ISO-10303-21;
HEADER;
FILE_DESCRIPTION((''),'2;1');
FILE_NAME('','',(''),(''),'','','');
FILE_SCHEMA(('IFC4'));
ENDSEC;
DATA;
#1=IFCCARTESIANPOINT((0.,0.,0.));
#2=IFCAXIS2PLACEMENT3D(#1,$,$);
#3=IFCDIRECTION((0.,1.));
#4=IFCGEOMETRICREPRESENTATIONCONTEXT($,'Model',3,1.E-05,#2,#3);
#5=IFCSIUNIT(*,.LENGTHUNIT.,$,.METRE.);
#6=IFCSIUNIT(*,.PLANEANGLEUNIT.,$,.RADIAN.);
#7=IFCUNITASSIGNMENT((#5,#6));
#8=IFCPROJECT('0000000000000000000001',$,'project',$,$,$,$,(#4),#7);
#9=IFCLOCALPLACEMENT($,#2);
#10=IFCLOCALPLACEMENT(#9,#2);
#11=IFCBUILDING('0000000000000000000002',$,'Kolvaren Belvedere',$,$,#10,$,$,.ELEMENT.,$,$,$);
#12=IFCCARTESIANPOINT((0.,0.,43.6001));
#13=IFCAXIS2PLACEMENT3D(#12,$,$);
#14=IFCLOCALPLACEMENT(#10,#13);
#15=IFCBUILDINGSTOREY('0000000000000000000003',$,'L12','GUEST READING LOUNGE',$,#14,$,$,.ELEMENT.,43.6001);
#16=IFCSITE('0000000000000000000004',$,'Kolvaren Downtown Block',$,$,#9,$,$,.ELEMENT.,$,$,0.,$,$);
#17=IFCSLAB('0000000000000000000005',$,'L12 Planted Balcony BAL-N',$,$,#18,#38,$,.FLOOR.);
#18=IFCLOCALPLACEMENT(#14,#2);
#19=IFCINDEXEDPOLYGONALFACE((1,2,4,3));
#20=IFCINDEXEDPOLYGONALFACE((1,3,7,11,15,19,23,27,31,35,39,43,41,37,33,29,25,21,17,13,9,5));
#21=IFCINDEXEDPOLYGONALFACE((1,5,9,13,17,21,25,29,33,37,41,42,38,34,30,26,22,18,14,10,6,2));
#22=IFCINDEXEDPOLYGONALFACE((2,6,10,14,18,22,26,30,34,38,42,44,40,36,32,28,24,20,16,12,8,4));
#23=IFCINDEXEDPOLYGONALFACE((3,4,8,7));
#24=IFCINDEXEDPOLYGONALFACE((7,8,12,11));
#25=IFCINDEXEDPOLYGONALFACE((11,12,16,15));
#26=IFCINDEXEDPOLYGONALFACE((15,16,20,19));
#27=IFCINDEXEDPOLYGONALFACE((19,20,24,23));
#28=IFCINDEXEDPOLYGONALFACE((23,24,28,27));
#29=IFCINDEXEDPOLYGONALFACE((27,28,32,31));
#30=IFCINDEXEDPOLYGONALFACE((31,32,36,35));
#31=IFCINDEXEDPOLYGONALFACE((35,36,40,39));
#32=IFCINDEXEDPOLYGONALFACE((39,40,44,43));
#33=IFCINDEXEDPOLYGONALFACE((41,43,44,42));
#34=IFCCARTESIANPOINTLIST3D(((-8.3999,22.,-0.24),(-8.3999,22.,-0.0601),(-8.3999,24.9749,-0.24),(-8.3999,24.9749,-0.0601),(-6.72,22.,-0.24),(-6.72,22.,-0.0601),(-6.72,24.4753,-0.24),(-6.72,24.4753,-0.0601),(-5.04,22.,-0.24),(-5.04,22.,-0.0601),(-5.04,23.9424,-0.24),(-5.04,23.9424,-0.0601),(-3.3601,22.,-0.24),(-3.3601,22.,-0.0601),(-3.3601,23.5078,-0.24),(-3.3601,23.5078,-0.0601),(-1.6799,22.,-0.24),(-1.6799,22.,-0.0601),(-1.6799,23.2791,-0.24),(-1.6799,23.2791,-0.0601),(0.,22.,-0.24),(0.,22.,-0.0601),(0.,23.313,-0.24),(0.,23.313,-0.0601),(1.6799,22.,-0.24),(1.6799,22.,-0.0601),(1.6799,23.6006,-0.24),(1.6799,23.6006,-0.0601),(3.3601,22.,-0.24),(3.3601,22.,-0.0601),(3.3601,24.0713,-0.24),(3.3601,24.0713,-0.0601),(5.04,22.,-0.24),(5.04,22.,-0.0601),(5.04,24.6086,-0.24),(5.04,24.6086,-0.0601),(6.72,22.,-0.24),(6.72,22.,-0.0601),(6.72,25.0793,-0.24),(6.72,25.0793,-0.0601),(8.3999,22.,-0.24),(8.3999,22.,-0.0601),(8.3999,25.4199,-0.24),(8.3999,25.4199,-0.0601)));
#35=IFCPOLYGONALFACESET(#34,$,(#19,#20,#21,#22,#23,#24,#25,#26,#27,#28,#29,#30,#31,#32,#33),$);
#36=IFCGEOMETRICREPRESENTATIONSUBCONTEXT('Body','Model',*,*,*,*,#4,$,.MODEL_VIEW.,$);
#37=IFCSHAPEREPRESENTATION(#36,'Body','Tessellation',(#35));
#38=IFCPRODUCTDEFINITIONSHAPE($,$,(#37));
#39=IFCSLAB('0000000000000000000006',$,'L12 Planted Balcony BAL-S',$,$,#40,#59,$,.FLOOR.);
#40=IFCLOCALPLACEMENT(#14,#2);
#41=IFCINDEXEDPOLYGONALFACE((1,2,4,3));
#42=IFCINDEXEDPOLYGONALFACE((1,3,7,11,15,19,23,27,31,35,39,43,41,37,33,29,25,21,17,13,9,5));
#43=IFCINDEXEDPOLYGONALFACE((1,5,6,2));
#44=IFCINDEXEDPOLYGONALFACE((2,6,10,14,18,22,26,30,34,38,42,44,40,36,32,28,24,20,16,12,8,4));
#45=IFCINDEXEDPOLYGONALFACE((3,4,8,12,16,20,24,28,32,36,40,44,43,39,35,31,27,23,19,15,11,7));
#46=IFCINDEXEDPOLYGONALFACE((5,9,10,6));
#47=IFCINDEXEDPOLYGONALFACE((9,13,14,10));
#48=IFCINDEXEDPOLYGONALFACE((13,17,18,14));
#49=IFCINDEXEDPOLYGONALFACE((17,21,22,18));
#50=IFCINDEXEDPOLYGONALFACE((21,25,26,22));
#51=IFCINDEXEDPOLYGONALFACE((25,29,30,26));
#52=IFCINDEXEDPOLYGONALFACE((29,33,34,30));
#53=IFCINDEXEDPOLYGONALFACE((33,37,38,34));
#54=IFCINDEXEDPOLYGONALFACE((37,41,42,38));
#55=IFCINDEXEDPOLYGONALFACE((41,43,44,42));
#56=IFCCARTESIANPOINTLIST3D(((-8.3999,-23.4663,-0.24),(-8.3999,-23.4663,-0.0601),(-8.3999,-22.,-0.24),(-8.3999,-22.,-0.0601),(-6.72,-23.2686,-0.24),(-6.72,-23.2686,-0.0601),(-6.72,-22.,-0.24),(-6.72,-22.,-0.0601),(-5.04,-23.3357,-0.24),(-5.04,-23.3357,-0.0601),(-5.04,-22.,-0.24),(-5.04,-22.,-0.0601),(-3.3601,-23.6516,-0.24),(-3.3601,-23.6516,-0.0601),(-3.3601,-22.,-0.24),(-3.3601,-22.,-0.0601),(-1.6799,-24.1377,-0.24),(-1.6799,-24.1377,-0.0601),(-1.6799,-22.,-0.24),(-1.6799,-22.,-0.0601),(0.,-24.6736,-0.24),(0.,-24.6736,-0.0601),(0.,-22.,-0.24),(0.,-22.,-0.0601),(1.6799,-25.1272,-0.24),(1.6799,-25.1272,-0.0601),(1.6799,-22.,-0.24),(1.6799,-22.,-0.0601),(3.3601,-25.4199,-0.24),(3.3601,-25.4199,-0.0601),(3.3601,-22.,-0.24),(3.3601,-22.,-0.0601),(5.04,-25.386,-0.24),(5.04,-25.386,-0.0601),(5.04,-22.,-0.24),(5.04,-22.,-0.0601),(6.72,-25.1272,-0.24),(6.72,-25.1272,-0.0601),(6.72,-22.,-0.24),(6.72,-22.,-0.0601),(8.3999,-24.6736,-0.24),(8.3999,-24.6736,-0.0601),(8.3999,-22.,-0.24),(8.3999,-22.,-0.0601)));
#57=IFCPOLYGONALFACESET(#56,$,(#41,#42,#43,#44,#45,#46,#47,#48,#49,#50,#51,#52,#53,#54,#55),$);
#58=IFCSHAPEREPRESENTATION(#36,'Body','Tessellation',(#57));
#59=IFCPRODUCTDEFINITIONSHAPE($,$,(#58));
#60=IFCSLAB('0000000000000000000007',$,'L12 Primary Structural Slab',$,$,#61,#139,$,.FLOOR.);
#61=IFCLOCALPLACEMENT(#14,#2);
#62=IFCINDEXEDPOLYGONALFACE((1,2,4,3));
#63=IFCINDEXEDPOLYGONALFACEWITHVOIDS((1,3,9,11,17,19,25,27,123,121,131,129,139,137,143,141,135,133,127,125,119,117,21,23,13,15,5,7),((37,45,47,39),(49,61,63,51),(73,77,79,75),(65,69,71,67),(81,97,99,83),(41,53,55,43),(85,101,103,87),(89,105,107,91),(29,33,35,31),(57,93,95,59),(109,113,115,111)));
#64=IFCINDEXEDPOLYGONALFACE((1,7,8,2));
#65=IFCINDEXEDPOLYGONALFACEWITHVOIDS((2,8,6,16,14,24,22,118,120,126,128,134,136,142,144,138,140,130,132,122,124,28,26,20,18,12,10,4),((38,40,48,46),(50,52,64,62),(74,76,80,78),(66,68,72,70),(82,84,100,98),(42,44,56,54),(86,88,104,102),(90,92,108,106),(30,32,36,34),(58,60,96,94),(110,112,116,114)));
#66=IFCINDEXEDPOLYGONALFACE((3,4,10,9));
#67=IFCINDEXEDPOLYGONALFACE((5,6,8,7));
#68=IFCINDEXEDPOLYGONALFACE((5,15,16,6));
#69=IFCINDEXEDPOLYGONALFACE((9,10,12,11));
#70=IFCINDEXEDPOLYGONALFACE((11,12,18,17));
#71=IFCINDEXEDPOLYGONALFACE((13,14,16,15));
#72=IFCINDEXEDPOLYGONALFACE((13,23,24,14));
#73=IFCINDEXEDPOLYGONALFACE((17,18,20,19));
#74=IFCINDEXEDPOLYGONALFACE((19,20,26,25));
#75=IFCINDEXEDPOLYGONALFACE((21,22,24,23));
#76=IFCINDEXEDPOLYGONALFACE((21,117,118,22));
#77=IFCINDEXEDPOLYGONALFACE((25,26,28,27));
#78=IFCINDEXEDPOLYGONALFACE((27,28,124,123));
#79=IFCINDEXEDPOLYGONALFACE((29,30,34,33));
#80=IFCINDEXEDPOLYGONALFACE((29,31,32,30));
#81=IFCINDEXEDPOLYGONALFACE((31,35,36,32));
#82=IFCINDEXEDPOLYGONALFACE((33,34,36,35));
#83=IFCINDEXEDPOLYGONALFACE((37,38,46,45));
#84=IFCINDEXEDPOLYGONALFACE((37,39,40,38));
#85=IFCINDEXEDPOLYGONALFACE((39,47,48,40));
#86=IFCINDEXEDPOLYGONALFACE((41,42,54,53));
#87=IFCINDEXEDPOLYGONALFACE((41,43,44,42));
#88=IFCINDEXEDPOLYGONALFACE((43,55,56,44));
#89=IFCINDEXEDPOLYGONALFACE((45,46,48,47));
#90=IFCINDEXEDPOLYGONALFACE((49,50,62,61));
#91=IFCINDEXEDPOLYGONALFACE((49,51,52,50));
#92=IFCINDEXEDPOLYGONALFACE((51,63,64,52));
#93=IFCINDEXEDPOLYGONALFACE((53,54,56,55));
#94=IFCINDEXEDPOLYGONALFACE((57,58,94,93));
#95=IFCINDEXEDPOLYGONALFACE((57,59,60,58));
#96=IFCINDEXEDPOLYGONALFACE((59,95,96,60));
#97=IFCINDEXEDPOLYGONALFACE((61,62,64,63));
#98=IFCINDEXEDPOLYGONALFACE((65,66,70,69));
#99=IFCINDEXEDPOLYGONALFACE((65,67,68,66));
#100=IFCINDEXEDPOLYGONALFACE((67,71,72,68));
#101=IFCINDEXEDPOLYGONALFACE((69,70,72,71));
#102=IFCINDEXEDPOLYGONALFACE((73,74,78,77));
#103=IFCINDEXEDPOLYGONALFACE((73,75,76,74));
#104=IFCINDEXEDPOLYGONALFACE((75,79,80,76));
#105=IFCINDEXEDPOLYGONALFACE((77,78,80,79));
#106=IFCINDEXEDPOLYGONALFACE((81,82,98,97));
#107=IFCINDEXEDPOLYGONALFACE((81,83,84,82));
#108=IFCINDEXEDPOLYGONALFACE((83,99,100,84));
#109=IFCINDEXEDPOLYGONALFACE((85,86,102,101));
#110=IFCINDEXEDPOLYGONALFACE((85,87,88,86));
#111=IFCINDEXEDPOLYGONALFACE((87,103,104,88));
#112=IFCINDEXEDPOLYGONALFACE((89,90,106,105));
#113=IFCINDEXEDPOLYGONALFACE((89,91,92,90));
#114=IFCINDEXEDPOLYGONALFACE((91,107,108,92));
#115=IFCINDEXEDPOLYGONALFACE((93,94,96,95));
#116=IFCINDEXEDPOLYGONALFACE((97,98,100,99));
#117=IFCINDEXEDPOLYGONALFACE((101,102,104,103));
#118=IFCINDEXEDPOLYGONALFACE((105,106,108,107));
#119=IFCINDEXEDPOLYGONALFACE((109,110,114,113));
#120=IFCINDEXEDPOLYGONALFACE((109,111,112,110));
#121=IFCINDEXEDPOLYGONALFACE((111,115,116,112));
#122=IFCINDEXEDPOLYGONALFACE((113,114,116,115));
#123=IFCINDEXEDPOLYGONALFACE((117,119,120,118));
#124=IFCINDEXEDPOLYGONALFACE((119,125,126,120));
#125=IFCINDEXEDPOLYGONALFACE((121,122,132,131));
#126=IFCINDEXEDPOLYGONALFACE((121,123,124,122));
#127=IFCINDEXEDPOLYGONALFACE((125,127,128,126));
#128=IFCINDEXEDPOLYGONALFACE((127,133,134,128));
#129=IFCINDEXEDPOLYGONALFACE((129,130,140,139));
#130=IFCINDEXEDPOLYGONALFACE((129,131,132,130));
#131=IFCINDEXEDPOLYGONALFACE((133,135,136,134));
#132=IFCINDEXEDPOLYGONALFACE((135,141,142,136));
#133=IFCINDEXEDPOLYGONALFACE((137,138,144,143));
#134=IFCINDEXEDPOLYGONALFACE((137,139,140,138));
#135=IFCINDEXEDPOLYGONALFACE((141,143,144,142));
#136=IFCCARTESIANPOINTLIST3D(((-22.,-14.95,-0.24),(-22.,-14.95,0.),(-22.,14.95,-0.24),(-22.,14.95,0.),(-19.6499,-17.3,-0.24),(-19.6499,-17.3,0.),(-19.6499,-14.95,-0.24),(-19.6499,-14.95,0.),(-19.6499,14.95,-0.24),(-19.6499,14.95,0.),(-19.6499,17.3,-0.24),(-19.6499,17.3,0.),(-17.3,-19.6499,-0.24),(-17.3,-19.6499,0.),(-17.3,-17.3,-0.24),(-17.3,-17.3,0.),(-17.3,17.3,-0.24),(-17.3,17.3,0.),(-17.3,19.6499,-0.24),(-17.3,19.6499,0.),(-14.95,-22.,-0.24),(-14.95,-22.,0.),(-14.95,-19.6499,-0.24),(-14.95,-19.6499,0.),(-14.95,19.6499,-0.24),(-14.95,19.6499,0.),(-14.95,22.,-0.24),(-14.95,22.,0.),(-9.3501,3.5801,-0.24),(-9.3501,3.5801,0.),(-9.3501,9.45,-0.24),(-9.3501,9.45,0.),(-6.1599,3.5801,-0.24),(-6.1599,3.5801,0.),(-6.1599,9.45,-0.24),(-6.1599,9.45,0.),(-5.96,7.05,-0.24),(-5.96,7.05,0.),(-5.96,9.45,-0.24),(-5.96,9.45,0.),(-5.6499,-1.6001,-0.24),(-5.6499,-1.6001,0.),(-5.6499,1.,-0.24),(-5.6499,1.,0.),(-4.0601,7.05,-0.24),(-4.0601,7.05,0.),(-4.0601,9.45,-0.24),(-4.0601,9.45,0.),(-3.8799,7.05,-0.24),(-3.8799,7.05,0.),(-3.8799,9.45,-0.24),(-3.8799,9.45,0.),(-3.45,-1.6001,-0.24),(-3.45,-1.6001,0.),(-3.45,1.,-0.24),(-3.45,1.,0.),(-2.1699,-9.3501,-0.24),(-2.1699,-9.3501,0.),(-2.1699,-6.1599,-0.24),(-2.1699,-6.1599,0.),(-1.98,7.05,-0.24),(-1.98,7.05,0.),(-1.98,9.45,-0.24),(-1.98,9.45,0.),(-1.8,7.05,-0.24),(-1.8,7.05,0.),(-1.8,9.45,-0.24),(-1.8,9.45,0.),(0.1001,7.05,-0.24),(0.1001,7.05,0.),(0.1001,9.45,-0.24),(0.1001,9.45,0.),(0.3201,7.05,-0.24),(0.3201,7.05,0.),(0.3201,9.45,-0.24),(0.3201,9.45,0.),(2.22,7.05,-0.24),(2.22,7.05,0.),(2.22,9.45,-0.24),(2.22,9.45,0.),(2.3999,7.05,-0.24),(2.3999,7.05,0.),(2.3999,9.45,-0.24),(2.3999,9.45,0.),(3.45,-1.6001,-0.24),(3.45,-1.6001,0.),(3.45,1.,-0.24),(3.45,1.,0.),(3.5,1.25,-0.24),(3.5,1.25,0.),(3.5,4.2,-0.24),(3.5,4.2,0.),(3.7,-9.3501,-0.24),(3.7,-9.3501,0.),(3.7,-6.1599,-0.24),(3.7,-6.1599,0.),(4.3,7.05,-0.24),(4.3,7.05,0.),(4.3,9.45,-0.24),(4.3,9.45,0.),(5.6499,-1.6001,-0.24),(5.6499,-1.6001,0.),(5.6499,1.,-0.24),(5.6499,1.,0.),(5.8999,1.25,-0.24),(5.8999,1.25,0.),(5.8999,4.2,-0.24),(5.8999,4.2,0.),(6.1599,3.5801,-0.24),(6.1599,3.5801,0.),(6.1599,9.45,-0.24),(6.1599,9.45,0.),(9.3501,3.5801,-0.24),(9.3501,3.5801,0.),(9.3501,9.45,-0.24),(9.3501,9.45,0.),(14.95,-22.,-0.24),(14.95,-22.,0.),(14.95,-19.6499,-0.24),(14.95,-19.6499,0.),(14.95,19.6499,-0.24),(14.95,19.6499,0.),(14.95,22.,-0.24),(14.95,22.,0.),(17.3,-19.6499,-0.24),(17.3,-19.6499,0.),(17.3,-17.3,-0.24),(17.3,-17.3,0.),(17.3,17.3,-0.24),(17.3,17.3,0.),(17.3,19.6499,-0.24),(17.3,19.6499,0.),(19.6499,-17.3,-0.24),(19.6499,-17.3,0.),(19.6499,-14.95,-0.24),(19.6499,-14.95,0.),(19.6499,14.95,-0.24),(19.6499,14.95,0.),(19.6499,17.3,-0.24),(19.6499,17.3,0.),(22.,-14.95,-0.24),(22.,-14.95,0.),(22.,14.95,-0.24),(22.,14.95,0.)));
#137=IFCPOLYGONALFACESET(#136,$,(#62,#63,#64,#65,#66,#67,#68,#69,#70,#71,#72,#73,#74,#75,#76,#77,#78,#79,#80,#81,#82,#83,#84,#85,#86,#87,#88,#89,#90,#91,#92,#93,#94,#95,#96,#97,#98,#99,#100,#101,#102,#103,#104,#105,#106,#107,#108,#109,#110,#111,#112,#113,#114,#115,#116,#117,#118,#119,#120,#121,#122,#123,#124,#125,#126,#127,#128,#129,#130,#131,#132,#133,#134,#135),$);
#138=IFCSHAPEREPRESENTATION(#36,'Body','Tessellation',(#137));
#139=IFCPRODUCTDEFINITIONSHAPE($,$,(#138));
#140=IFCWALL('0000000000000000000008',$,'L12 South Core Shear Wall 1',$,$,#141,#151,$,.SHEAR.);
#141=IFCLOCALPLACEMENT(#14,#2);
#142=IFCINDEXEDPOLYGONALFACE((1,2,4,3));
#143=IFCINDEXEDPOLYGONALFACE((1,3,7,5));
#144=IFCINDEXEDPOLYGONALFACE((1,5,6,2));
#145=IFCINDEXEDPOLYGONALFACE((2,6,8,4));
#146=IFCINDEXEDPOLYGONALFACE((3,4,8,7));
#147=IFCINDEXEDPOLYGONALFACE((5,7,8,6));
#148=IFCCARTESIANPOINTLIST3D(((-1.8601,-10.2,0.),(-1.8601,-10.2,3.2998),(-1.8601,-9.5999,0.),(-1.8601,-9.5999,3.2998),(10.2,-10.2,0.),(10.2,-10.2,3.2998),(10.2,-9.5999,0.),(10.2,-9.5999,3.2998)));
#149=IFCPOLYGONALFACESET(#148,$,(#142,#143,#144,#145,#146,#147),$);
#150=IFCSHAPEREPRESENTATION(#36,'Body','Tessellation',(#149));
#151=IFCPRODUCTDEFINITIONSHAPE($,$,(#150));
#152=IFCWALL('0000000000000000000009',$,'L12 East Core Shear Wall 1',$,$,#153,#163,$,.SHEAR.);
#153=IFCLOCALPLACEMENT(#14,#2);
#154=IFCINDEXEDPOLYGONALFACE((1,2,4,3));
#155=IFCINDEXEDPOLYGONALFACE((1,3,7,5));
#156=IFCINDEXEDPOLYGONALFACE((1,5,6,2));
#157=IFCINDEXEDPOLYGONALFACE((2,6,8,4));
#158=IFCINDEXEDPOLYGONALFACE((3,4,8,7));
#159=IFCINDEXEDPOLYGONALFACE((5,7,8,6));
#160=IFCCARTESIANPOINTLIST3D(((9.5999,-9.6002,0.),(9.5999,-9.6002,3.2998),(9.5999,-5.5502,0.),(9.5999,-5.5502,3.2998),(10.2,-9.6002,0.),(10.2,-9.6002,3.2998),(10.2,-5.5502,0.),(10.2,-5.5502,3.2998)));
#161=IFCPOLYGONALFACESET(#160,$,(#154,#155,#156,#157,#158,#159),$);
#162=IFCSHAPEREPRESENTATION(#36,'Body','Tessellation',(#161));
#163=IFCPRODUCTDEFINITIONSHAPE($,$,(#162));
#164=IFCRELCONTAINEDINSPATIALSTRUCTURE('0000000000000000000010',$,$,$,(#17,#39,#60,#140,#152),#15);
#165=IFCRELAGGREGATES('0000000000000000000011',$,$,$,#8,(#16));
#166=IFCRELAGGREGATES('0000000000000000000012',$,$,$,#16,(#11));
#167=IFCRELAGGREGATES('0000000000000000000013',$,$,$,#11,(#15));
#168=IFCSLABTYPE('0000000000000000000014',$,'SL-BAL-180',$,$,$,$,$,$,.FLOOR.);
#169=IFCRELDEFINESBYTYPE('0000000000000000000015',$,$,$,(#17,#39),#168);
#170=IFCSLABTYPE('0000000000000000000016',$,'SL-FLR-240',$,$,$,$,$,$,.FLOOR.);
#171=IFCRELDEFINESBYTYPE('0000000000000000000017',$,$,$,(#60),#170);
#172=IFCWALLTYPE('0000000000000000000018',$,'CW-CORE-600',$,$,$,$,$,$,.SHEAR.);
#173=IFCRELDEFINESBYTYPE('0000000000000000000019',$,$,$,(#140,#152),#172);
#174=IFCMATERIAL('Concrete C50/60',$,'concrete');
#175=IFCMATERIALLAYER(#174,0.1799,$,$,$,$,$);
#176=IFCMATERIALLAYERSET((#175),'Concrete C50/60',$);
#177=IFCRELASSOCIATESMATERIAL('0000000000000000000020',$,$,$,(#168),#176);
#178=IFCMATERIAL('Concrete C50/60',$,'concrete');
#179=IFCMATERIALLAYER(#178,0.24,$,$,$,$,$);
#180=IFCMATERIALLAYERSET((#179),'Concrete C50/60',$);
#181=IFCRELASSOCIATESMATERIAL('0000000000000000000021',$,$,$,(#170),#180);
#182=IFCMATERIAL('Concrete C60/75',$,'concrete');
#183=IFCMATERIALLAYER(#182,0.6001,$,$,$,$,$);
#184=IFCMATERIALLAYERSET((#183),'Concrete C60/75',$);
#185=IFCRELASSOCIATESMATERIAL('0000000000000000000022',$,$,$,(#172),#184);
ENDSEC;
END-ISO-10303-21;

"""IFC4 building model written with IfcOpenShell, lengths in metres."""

from ifc_helpers import new_model, si_unit, direction, frame, frame_2d, origin, place, context, subcontext, project, spatial, polyline, rectangle, outline, extrude, material, layer, layer_set, type_object, element, save


model = new_model("IFC4")

# Units and contexts
model_context = context("Model", 3, precision=1e-05, world=origin(), true_north=direction((0.0, 1.0)))
body_context = subcontext(model_context, "Body", "Model", "MODEL_VIEW")
ifc_project = project(units=[si_unit("LENGTHUNIT", "METRE"), si_unit("PLANEANGLEUNIT", "RADIAN")], contexts=[model_context])

# Site, building, storey
site_placement = place(None, origin())
site = spatial("IfcSite", under=ifc_project, at=site_placement, Name="Kolvaren Downtown Block", CompositionType="ELEMENT", RefElevation=0.0)
building_placement = place(site_placement, origin())
building = spatial("IfcBuilding", under=site, at=building_placement, Name="Kolvaren Belvedere", CompositionType="ELEMENT")
storey_placement = place(building_placement, frame((0.0, 0.0, 43.6001)))
storey = spatial("IfcBuildingStorey", under=building, at=storey_placement, Name="L12", Description="GUEST READING LOUNGE", CompositionType="ELEMENT", Elevation=43.6001)

# Slabs
ifc_material_1 = material(Name="Concrete C50/60", Category="concrete")
ifc_layer_1 = layer(ifc_material_1, 0.1799)
ifc_layer_set_1 = layer_set([ifc_layer_1], Name="Concrete C50/60")
slab_type_1 = type_object("IfcSlabType", Name="SL-BAL-180", PredefinedType="FLOOR", material=ifc_layer_set_1)
slab_1_placement = place(storey_placement, frame((0.0, 0.0, -0.24)))
element("IfcSlab", 1, at=slab_1_placement, inside=storey, type_object=slab_type_1, Name="L12 Planted Balcony BAL-N", PredefinedType="FLOOR", context=body_context, shape_type="SweptSolid", body=[
    extrude(outline(polyline([(-8.3999, 22.0), (-6.72, 22.0), (-5.04, 22.0), (-3.3601, 22.0), (-1.6799, 22.0), (0.0, 22.0), (1.6799, 22.0), (3.3601, 22.0), (5.04, 22.0), (6.72, 22.0), (8.3999, 22.0), (8.3999, 25.4199), (6.72, 25.0793), (5.04, 24.6086), (3.3601, 24.0713), (1.6799, 23.6006), (0.0, 23.313), (-1.6799, 23.2791), (-3.3601, 23.5078), (-5.04, 23.9424), (-6.72, 24.4753), (-8.3999, 24.9749), (-8.3999, 22.0)])), origin(), (0.0, 0.0, 1.0), 0.1799),
])
slab_2_placement = place(storey_placement, frame((0.0, 0.0, -0.24)))
element("IfcSlab", 2, at=slab_2_placement, inside=storey, type_object=slab_type_1, Name="L12 Planted Balcony BAL-S", PredefinedType="FLOOR", context=body_context, shape_type="SweptSolid", body=[
    extrude(outline(polyline([(-8.3999, -23.4663), (-6.72, -23.2686), (-5.04, -23.3357), (-3.3601, -23.6516), (-1.6799, -24.1377), (0.0, -24.6736), (1.6799, -25.1272), (3.3601, -25.4199), (5.04, -25.386), (6.72, -25.1272), (8.3999, -24.6736), (8.3999, -22.0), (6.72, -22.0), (5.04, -22.0), (3.3601, -22.0), (1.6799, -22.0), (0.0, -22.0), (-1.6799, -22.0), (-3.3601, -22.0), (-5.04, -22.0), (-6.72, -22.0), (-8.3999, -22.0), (-8.3999, -23.4663)])), origin(), (0.0, 0.0, 1.0), 0.1799),
])
ifc_material_2 = material(Name="Concrete C50/60", Category="concrete")
ifc_layer_2 = layer(ifc_material_2, 0.24)
ifc_layer_set_2 = layer_set([ifc_layer_2], Name="Concrete C50/60")
slab_type_2 = type_object("IfcSlabType", Name="SL-FLR-240", PredefinedType="FLOOR", material=ifc_layer_set_2)
slab_3_placement = place(storey_placement, frame((0.0, 0.0, -0.24)))
element("IfcSlab", 3, at=slab_3_placement, inside=storey, type_object=slab_type_2, Name="L12 Primary Structural Slab", PredefinedType="FLOOR", context=body_context, shape_type="SweptSolid", body=[
    extrude(outline(polyline([(-14.95, -22.0), (14.95, -22.0), (14.95, -19.6499), (17.3, -19.6499), (17.3, -17.3), (19.6499, -17.3), (19.6499, -14.95), (22.0, -14.95), (22.0, 14.95), (19.6499, 14.95), (19.6499, 17.3), (17.3, 17.3), (17.3, 19.6499), (14.95, 19.6499), (14.95, 22.0), (-14.95, 22.0), (-14.95, 19.6499), (-17.3, 19.6499), (-17.3, 17.3), (-19.6499, 17.3), (-19.6499, 14.95), (-22.0, 14.95), (-22.0, -14.95), (-19.6499, -14.95), (-19.6499, -17.3), (-17.3, -17.3), (-17.3, -19.6499), (-14.95, -19.6499), (-14.95, -22.0)]), holes=[polyline([(-9.3501, 3.5801), (-6.1599, 3.5801), (-6.1599, 9.45), (-9.3501, 9.45), (-9.3501, 3.5801)]), polyline([(6.1599, 3.5801), (9.3501, 3.5801), (9.3501, 9.45), (6.1599, 9.45), (6.1599, 3.5801)]), polyline([(-2.1699, -9.3501), (3.7, -9.3501), (3.7, -6.1599), (-2.1699, -6.1599), (-2.1699, -9.3501)]), polyline([(-5.6499, -1.6001), (-3.45, -1.6001), (-3.45, 1.0), (-5.6499, 1.0), (-5.6499, -1.6001)]), polyline([(3.5, 1.25), (5.8999, 1.25), (5.8999, 4.2), (3.5, 4.2), (3.5, 1.25)]), polyline([(3.45, -1.6001), (5.6499, -1.6001), (5.6499, 1.0), (3.45, 1.0), (3.45, -1.6001)]), polyline([(-5.96, 7.05), (-4.0601, 7.05), (-4.0601, 9.45), (-5.96, 9.45), (-5.96, 7.05)]), polyline([(-3.8799, 7.05), (-1.98, 7.05), (-1.98, 9.45), (-3.8799, 9.45), (-3.8799, 7.05)]), polyline([(-1.8, 7.05), (0.1001, 7.05), (0.1001, 9.45), (-1.8, 9.45), (-1.8, 7.05)]), polyline([(0.3201, 7.05), (2.22, 7.05), (2.22, 9.45), (0.3201, 9.45), (0.3201, 7.05)]), polyline([(2.3999, 7.05), (4.3, 7.05), (4.3, 9.45), (2.3999, 9.45), (2.3999, 7.05)])]), origin(), (0.0, 0.0, 1.0), 0.24),
])

# Walls
ifc_material_3 = material(Name="Concrete C60/75", Category="concrete")
ifc_layer_3 = layer(ifc_material_3, 0.6001)
ifc_layer_set_3 = layer_set([ifc_layer_3], Name="Concrete C60/75")
wall_type_1 = type_object("IfcWallType", Name="CW-CORE-600", PredefinedType="SHEAR", material=ifc_layer_set_3)
wall_1_placement = place(storey_placement, frame((10.2, -9.8999, 0.0), z_axis=(0.0, 0.0, 1.0), x_axis=(-1.0, 0.0, 0.0)))
element("IfcWall", 4, at=wall_1_placement, inside=storey, type_object=wall_type_1, Name="L12 South Core Shear Wall 1", PredefinedType="SHEAR", context=body_context, shape_type="SweptSolid", body=[
    extrude(rectangle(XDim=12.0601, YDim=0.6001, at=frame_2d((6.03, 0.0))), origin(), (0.0, 0.0, 1.0), 3.2998),
])
wall_2_placement = place(storey_placement, frame((9.8999, -9.6001, 0.0), z_axis=(0.0, 0.0, 1.0), x_axis=(0.0, 1.0, 0.0)))
element("IfcWall", 5, at=wall_2_placement, inside=storey, type_object=wall_type_1, Name="L12 East Core Shear Wall 1", PredefinedType="SHEAR", context=body_context, shape_type="SweptSolid", body=[
    extrude(rectangle(XDim=4.05, YDim=0.6001, at=frame_2d((2.0249, 0.0))), origin(), (0.0, 0.0, 1.0), 3.2998),
])

save(model, "model.ifc")
